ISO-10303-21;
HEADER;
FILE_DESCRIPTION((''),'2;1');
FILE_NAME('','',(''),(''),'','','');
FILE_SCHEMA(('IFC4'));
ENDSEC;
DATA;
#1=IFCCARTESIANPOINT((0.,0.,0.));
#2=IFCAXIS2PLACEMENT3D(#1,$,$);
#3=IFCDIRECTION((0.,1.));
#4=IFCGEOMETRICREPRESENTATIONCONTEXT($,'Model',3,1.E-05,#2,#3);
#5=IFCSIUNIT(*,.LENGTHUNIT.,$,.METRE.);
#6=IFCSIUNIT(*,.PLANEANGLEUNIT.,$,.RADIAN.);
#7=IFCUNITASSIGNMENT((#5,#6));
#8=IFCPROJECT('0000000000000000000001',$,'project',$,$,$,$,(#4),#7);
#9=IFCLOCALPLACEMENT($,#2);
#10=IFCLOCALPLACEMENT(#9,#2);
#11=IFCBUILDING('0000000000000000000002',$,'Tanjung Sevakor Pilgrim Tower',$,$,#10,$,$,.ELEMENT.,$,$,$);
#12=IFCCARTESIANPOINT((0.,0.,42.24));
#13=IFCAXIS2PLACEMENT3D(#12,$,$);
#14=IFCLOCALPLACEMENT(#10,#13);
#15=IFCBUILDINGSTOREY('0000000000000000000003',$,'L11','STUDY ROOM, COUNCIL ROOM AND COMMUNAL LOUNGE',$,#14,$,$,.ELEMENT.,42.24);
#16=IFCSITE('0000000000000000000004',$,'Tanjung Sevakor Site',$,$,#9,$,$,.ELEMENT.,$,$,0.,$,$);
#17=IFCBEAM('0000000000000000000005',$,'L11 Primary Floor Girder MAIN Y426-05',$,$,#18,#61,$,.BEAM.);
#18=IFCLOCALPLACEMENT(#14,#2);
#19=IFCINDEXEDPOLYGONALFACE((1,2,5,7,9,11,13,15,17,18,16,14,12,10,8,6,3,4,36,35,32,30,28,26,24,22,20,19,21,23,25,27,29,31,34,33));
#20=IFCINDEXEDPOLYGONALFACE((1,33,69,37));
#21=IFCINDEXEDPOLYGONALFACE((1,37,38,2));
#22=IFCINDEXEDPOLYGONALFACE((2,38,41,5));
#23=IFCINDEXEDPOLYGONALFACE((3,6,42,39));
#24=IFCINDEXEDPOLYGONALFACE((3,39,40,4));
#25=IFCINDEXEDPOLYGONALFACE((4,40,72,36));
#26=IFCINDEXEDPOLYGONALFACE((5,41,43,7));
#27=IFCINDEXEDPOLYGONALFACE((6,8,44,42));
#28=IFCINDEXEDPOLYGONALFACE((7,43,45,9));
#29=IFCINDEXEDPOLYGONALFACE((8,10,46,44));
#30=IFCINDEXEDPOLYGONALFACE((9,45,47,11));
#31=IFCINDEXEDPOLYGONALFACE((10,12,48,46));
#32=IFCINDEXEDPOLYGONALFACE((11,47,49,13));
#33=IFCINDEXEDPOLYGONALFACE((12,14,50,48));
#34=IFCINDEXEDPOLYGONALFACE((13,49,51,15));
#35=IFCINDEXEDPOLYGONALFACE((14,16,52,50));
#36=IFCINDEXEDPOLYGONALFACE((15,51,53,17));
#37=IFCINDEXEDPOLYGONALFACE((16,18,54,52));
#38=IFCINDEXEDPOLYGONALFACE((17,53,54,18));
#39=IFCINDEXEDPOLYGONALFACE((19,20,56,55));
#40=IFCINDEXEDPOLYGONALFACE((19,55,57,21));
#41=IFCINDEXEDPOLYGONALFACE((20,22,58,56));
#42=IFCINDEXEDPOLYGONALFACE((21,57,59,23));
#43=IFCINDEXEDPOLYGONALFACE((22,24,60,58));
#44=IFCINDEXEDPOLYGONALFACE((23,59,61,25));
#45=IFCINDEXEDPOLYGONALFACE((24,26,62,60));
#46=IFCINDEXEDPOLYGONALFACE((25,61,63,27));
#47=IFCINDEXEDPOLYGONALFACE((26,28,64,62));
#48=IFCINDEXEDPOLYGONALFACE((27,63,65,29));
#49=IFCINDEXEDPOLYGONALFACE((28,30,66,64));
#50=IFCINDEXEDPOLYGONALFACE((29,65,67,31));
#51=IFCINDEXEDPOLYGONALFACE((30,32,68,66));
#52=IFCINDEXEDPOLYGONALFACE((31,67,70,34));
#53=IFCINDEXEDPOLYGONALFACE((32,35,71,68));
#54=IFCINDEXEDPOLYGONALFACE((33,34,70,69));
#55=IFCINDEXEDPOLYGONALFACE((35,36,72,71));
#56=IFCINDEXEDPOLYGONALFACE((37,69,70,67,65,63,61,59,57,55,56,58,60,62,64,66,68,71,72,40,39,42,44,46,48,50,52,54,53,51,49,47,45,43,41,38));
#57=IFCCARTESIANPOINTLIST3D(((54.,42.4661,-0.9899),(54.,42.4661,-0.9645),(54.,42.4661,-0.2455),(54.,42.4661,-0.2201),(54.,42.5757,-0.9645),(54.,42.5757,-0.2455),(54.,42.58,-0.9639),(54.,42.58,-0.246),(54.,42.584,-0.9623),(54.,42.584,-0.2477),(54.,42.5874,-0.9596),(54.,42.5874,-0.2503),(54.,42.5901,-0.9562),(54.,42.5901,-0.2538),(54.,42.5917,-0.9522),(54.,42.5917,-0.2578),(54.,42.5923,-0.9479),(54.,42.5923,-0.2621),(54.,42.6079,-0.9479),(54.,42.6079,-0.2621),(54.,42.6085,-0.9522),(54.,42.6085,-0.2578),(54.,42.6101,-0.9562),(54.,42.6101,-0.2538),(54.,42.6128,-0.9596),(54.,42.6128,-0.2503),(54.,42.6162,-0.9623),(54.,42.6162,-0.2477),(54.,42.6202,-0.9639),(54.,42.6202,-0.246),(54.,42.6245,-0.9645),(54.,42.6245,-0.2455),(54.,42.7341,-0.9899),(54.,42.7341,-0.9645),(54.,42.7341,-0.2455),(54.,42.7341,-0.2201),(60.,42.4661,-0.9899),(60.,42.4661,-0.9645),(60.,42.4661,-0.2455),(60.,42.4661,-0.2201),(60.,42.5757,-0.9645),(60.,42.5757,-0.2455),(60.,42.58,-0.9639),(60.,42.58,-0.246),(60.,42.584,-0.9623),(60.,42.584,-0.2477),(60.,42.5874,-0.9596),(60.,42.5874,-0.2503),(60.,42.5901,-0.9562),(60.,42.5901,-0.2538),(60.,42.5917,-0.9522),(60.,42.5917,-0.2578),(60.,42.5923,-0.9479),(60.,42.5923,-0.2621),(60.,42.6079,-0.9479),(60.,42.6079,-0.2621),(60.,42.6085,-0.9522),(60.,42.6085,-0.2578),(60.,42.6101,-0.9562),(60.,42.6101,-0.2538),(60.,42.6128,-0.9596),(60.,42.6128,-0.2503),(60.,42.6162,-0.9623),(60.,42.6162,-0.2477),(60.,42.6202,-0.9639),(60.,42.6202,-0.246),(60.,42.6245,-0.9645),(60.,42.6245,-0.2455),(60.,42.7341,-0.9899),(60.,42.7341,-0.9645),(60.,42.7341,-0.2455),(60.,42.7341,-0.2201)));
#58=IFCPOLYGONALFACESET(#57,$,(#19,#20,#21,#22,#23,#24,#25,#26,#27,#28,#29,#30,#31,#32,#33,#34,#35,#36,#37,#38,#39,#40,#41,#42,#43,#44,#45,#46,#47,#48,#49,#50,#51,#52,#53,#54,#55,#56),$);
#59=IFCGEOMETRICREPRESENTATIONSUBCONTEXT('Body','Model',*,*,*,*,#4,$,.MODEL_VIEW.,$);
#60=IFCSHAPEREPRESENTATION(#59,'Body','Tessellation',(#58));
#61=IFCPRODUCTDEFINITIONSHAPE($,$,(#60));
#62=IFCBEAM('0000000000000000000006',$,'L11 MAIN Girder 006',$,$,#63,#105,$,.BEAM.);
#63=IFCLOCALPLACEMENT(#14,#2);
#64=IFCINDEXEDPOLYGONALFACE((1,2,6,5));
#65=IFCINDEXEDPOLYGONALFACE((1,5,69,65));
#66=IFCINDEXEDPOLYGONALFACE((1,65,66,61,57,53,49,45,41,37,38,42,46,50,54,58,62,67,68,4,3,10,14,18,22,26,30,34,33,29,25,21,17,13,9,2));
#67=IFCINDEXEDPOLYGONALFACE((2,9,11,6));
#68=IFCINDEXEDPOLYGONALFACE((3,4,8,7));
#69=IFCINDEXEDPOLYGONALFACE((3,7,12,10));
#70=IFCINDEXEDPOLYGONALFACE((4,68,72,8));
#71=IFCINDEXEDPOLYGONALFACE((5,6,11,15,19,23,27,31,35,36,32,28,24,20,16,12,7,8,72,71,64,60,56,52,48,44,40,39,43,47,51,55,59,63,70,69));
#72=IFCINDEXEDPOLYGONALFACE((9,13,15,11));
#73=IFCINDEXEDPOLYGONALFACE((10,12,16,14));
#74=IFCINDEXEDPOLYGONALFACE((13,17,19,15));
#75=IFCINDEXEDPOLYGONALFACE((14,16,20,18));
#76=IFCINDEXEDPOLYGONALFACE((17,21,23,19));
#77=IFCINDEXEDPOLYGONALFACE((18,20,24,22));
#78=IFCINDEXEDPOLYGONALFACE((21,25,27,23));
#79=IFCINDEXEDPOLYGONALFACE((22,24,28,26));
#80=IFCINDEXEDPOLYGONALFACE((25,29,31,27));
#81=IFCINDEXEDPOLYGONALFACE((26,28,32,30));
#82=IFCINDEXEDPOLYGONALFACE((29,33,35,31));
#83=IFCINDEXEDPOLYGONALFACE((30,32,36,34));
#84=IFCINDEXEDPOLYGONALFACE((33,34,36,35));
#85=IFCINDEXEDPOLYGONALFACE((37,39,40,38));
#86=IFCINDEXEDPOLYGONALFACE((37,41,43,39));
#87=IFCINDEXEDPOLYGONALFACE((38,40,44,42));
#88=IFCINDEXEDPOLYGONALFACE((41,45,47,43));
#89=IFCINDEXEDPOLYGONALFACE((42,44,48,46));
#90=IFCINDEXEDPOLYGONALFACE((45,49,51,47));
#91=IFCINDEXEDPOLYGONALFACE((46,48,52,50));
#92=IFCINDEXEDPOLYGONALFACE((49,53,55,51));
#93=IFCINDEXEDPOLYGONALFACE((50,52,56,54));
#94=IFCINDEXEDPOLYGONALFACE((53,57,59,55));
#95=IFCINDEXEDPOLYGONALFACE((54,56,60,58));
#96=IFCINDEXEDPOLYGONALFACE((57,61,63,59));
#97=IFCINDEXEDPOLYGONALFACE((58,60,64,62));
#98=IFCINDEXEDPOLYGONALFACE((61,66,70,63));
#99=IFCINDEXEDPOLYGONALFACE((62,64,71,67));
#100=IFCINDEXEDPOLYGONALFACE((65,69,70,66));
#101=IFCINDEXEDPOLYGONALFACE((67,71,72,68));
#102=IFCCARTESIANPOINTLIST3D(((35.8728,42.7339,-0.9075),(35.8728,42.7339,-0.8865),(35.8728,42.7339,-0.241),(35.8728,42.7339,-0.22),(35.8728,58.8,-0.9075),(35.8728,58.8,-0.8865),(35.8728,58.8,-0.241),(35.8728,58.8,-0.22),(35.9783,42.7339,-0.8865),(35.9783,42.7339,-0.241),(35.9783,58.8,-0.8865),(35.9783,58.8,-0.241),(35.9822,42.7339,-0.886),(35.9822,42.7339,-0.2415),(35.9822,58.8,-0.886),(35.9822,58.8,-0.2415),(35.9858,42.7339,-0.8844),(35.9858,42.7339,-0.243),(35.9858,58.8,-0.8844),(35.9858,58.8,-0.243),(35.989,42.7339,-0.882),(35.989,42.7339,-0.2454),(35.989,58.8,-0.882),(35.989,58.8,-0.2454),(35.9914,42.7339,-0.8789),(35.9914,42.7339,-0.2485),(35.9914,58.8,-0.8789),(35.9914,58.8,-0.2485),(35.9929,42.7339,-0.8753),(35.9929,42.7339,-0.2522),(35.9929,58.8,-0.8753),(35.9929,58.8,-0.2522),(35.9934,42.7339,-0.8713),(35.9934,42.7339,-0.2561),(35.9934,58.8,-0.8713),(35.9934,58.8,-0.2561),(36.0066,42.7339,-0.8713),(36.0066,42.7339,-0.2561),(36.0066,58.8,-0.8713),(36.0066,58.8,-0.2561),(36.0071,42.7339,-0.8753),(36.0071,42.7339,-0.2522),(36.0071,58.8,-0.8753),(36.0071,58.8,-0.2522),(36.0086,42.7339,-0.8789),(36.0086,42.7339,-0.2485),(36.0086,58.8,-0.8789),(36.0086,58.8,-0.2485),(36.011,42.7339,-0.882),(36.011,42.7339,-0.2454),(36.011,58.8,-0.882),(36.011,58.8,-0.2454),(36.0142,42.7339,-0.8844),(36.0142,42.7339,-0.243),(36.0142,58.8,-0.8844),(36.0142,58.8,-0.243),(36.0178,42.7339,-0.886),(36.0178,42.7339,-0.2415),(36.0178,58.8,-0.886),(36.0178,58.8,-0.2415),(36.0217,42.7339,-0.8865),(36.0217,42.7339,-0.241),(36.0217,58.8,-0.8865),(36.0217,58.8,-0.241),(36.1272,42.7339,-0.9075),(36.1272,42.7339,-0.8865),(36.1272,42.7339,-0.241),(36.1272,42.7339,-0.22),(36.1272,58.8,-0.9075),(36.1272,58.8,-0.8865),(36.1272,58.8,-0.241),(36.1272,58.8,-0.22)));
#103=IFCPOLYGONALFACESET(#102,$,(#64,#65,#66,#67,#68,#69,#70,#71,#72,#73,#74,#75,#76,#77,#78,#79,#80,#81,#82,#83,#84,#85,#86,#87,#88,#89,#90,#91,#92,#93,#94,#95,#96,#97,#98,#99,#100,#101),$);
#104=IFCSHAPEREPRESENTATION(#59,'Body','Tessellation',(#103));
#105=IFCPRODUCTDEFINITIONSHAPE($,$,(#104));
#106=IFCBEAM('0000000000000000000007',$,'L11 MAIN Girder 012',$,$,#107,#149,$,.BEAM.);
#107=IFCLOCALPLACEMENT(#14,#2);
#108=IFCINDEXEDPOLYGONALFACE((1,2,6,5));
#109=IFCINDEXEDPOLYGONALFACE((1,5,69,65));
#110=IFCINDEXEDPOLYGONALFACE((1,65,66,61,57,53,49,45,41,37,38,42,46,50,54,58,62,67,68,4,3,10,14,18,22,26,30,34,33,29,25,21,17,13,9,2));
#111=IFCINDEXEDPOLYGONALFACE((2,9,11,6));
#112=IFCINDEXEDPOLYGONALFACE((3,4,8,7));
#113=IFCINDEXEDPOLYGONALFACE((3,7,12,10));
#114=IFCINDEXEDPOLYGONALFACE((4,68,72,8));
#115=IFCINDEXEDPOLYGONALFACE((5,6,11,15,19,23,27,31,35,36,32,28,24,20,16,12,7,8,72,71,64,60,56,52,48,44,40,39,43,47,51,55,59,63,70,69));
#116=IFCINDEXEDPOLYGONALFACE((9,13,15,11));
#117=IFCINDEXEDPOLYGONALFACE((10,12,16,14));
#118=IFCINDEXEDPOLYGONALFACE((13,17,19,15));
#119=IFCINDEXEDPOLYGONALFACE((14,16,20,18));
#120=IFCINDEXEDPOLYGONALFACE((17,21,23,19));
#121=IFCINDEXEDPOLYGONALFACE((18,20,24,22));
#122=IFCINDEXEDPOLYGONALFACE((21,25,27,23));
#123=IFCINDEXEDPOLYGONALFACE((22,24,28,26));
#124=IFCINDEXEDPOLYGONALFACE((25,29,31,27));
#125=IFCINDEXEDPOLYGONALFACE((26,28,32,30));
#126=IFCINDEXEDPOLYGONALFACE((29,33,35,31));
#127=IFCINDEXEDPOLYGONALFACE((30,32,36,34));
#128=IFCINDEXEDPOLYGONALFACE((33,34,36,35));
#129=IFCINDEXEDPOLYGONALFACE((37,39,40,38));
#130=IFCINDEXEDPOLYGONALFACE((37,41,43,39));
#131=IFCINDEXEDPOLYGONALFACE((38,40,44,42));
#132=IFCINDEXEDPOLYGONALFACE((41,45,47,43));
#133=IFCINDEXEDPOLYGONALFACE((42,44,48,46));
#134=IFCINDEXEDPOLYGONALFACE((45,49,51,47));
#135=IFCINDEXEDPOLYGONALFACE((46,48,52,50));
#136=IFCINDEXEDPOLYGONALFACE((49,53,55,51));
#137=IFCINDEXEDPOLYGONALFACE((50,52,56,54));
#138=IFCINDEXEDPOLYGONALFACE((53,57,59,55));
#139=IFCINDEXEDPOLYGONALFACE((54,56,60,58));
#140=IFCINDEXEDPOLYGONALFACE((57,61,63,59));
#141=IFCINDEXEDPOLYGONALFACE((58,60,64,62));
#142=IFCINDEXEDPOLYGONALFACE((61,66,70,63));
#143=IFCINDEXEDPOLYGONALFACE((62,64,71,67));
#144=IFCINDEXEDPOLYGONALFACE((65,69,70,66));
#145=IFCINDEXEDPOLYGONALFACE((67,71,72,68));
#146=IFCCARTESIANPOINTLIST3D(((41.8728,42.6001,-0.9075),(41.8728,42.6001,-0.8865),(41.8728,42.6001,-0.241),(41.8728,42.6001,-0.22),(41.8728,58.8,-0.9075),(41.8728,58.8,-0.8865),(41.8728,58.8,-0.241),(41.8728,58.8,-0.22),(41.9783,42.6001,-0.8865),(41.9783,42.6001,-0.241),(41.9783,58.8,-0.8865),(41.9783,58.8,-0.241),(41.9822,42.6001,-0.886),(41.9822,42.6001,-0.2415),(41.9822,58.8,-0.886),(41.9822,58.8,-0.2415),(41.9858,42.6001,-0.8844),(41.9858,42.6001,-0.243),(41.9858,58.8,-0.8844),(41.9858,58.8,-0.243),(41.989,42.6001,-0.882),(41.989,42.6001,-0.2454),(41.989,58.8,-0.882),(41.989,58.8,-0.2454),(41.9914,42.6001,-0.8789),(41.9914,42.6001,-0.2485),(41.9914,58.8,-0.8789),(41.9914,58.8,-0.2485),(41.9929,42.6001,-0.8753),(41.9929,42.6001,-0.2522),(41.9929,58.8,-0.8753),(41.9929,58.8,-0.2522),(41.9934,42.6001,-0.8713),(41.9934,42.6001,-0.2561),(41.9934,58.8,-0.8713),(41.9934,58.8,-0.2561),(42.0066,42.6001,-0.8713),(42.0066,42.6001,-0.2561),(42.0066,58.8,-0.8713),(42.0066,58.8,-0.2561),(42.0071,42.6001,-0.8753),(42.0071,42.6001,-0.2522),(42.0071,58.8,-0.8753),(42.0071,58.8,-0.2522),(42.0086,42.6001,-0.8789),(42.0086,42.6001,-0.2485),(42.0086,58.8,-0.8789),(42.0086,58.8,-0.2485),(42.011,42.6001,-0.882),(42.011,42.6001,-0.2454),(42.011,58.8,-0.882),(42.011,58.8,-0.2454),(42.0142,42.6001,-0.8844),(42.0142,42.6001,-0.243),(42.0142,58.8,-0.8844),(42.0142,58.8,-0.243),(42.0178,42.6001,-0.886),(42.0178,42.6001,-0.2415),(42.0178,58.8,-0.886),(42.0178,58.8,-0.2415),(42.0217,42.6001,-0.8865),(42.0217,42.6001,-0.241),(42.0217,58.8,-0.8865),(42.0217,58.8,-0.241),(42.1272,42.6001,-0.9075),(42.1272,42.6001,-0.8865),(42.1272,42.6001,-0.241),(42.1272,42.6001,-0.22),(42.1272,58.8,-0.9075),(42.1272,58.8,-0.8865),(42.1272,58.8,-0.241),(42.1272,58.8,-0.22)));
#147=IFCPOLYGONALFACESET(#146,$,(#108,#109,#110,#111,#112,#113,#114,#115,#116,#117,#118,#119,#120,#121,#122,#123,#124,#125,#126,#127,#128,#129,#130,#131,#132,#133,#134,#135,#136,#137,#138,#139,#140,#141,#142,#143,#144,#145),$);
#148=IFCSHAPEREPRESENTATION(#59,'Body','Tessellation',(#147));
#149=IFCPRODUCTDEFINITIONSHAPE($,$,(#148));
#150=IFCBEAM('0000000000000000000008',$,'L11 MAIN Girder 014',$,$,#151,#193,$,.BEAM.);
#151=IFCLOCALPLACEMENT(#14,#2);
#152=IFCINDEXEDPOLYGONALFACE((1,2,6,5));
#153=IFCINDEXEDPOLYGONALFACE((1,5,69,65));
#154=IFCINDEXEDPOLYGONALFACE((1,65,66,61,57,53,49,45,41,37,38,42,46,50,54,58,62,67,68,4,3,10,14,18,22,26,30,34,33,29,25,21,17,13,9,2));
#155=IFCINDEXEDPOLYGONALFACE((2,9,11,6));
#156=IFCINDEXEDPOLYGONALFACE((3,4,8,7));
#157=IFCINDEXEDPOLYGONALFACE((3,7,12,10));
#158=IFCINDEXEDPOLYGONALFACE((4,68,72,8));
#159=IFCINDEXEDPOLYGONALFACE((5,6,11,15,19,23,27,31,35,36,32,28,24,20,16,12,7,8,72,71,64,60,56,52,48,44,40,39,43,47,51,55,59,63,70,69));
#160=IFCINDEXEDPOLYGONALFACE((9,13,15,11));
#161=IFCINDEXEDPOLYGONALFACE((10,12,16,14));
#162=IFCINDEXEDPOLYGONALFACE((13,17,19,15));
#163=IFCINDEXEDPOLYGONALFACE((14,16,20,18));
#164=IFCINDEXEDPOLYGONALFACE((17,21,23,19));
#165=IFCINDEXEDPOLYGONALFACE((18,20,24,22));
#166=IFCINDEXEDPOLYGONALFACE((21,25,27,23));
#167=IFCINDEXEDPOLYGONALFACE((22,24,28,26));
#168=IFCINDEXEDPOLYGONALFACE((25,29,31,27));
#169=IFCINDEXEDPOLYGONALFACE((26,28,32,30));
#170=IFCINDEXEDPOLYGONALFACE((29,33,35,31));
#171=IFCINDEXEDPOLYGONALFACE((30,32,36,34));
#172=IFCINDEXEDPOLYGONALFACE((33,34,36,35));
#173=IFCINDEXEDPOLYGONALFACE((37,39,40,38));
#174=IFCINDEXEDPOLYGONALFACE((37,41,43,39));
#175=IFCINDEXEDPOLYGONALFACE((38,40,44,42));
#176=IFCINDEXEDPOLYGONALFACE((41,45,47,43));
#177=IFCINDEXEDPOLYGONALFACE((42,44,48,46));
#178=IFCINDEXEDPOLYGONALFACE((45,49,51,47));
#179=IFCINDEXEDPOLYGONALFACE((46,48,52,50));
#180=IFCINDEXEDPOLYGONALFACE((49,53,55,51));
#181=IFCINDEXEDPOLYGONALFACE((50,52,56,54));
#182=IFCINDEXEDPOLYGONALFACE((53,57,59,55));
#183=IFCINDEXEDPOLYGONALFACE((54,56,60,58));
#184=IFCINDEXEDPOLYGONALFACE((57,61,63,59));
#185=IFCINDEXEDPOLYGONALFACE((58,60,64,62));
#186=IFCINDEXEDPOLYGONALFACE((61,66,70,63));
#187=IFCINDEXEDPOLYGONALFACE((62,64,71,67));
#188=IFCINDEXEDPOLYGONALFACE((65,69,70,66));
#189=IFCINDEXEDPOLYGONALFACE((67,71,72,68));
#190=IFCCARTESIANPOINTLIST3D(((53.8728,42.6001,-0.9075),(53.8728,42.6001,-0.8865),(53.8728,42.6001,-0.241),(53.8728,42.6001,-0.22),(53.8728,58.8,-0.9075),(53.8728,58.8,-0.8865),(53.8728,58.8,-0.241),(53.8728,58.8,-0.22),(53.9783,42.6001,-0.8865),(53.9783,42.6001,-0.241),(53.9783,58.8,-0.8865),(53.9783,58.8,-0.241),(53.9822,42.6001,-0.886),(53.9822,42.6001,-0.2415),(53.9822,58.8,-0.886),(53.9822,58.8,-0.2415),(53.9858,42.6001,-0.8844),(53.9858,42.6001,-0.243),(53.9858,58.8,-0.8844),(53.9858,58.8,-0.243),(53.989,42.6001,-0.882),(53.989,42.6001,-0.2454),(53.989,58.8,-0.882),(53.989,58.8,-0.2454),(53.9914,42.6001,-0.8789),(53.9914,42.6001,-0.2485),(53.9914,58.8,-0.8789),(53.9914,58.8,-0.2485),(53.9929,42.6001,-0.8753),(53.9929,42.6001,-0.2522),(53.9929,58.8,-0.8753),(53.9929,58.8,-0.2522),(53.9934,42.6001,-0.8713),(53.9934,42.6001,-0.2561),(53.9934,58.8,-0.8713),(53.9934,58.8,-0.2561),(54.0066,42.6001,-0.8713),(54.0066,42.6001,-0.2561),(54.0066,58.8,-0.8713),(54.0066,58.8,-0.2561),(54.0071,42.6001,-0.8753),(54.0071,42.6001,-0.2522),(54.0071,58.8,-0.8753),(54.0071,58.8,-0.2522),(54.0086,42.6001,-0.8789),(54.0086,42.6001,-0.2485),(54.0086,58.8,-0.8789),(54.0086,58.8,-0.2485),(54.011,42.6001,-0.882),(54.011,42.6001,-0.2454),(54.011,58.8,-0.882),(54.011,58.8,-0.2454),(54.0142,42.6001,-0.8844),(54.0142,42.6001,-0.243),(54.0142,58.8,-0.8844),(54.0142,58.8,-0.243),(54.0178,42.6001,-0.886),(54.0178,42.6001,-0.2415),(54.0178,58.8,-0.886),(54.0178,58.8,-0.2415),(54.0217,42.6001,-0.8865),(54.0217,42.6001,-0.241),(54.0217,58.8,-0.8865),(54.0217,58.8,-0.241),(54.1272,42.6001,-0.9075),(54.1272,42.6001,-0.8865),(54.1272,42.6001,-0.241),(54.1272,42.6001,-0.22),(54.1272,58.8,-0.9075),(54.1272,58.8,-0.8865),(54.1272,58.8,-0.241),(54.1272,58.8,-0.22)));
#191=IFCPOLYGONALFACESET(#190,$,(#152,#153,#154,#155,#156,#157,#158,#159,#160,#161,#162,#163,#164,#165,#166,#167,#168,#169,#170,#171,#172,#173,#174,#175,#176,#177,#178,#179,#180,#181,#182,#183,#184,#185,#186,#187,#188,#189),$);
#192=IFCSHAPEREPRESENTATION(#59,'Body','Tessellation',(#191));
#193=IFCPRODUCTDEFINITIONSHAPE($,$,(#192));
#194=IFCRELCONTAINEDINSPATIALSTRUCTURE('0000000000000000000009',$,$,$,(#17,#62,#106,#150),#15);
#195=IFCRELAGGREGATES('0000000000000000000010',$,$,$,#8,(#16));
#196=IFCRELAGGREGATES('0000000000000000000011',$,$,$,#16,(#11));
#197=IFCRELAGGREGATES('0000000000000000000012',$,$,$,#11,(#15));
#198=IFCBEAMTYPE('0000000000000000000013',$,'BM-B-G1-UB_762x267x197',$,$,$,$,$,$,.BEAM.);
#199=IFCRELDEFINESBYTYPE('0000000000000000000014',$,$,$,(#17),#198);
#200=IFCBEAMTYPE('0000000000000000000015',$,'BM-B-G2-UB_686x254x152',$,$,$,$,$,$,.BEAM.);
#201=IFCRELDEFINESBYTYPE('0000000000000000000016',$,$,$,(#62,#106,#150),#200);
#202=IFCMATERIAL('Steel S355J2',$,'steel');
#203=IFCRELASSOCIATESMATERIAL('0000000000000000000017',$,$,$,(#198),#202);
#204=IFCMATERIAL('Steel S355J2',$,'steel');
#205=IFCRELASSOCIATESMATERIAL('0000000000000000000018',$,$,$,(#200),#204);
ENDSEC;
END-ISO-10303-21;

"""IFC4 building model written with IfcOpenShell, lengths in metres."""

from ifc_helpers import new_model, si_unit, direction, frame, origin, origin_2d, place, context, subcontext, project, spatial, i_section, extrude, material, material_profile, profile_set, type_object, element, save


model = new_model("IFC4")

# Units and contexts
model_context = context("Model", 3, precision=1e-05, world=origin(), true_north=direction((0.0, 1.0)))
body_context = subcontext(model_context, "Body", "Model", "MODEL_VIEW")
ifc_project = project(units=[si_unit("LENGTHUNIT", "METRE"), si_unit("PLANEANGLEUNIT", "RADIAN")], contexts=[model_context])

# Site, building, storey
site_placement = place(None, origin())
site = spatial("IfcSite", under=ifc_project, at=site_placement, Name="Tanjung Sevakor Site", CompositionType="ELEMENT", RefElevation=0.0)
building_placement = place(site_placement, origin())
building = spatial("IfcBuilding", under=site, at=building_placement, Name="Tanjung Sevakor Pilgrim Tower", CompositionType="ELEMENT")
storey_placement = place(building_placement, frame((0.0, 0.0, 42.24)))
storey = spatial("IfcBuildingStorey", under=building, at=storey_placement, Name="L11", Description="STUDY ROOM, COUNCIL ROOM AND COMMUNAL LOUNGE", CompositionType="ELEMENT", Elevation=42.24)

# Beams
ifc_material_1 = material(Name="Steel S355J2", Category="steel")
ifc_material_profile_1 = material_profile(ifc_material_1, i_section(OverallWidth=0.2681, OverallDepth=0.7698, WebThickness=0.0156, FlangeThickness=0.0254, FilletRadius=0.0166, at=origin_2d()))
ifc_profile_set_1 = profile_set([ifc_material_profile_1], Name="Steel S355J2")
beam_type_1 = type_object("IfcBeamType", Name="BM-B-G1-UB_762x267x197", PredefinedType="BEAM", material=ifc_profile_set_1)
for number, where, z_axis, x_axis, name in (
    (1, (54.0, 42.6001, -0.605), (1.0, 0.0, 0.0), (0.0, 1.0, 0.0), "L11 Primary Floor Girder MAIN Y426-05"),
):
    element("IfcBeam", number, at=place(storey_placement, frame(where, z_axis=z_axis, x_axis=x_axis)), inside=storey, type_object=beam_type_1, Name=name, PredefinedType="BEAM", context=body_context, shape_type="SweptSolid", body=[
        extrude(i_section(OverallWidth=0.2681, OverallDepth=0.7698, WebThickness=0.0156, FlangeThickness=0.0254, FilletRadius=0.0166, at=origin_2d()), origin(), (0.0, 0.0, 1.0), 6.0),
    ])
ifc_material_2 = material(Name="Steel S355J2", Category="steel")
ifc_material_profile_2 = material_profile(ifc_material_2, i_section(OverallWidth=0.2544, OverallDepth=0.6875, WebThickness=0.0132, FlangeThickness=0.021, FilletRadius=0.0151, at=origin_2d()))
ifc_profile_set_2 = profile_set([ifc_material_profile_2], Name="Steel S355J2")
beam_type_2 = type_object("IfcBeamType", Name="BM-B-G2-UB_686x254x152", PredefinedType="BEAM", material=ifc_profile_set_2)
beam_1_placement = place(storey_placement, frame((36.0, 42.7339, -0.5637), z_axis=(0.0, 1.0, 0.0), x_axis=(-1.0, 0.0, 0.0)))
element("IfcBeam", 2, at=beam_1_placement, inside=storey, type_object=beam_type_2, Name="L11 MAIN Girder 006", PredefinedType="BEAM", context=body_context, shape_type="SweptSolid", body=[
    extrude(i_section(OverallWidth=0.2544, OverallDepth=0.6875, WebThickness=0.0132, FlangeThickness=0.021, FilletRadius=0.0151, at=origin_2d()), origin(), (0.0, 0.0, 1.0), 16.0662),
])
for number, where, z_axis, x_axis, name in (
    (3, (42.0, 42.6001, -0.5637), (0.0, 1.0, 0.0), (-1.0, 0.0, 0.0), "L11 MAIN Girder 012"),
    (4, (54.0, 42.6001, -0.5637), (0.0, 1.0, 0.0), (-1.0, 0.0, 0.0), "L11 MAIN Girder 014"),
):
    element("IfcBeam", number, at=place(storey_placement, frame(where, z_axis=z_axis, x_axis=x_axis)), inside=storey, type_object=beam_type_2, Name=name, PredefinedType="BEAM", context=body_context, shape_type="SweptSolid", body=[
        extrude(i_section(OverallWidth=0.2544, OverallDepth=0.6875, WebThickness=0.0132, FlangeThickness=0.021, FilletRadius=0.0151, at=origin_2d()), origin(), (0.0, 0.0, 1.0), 16.2),
    ])

save(model, "model.ifc")
